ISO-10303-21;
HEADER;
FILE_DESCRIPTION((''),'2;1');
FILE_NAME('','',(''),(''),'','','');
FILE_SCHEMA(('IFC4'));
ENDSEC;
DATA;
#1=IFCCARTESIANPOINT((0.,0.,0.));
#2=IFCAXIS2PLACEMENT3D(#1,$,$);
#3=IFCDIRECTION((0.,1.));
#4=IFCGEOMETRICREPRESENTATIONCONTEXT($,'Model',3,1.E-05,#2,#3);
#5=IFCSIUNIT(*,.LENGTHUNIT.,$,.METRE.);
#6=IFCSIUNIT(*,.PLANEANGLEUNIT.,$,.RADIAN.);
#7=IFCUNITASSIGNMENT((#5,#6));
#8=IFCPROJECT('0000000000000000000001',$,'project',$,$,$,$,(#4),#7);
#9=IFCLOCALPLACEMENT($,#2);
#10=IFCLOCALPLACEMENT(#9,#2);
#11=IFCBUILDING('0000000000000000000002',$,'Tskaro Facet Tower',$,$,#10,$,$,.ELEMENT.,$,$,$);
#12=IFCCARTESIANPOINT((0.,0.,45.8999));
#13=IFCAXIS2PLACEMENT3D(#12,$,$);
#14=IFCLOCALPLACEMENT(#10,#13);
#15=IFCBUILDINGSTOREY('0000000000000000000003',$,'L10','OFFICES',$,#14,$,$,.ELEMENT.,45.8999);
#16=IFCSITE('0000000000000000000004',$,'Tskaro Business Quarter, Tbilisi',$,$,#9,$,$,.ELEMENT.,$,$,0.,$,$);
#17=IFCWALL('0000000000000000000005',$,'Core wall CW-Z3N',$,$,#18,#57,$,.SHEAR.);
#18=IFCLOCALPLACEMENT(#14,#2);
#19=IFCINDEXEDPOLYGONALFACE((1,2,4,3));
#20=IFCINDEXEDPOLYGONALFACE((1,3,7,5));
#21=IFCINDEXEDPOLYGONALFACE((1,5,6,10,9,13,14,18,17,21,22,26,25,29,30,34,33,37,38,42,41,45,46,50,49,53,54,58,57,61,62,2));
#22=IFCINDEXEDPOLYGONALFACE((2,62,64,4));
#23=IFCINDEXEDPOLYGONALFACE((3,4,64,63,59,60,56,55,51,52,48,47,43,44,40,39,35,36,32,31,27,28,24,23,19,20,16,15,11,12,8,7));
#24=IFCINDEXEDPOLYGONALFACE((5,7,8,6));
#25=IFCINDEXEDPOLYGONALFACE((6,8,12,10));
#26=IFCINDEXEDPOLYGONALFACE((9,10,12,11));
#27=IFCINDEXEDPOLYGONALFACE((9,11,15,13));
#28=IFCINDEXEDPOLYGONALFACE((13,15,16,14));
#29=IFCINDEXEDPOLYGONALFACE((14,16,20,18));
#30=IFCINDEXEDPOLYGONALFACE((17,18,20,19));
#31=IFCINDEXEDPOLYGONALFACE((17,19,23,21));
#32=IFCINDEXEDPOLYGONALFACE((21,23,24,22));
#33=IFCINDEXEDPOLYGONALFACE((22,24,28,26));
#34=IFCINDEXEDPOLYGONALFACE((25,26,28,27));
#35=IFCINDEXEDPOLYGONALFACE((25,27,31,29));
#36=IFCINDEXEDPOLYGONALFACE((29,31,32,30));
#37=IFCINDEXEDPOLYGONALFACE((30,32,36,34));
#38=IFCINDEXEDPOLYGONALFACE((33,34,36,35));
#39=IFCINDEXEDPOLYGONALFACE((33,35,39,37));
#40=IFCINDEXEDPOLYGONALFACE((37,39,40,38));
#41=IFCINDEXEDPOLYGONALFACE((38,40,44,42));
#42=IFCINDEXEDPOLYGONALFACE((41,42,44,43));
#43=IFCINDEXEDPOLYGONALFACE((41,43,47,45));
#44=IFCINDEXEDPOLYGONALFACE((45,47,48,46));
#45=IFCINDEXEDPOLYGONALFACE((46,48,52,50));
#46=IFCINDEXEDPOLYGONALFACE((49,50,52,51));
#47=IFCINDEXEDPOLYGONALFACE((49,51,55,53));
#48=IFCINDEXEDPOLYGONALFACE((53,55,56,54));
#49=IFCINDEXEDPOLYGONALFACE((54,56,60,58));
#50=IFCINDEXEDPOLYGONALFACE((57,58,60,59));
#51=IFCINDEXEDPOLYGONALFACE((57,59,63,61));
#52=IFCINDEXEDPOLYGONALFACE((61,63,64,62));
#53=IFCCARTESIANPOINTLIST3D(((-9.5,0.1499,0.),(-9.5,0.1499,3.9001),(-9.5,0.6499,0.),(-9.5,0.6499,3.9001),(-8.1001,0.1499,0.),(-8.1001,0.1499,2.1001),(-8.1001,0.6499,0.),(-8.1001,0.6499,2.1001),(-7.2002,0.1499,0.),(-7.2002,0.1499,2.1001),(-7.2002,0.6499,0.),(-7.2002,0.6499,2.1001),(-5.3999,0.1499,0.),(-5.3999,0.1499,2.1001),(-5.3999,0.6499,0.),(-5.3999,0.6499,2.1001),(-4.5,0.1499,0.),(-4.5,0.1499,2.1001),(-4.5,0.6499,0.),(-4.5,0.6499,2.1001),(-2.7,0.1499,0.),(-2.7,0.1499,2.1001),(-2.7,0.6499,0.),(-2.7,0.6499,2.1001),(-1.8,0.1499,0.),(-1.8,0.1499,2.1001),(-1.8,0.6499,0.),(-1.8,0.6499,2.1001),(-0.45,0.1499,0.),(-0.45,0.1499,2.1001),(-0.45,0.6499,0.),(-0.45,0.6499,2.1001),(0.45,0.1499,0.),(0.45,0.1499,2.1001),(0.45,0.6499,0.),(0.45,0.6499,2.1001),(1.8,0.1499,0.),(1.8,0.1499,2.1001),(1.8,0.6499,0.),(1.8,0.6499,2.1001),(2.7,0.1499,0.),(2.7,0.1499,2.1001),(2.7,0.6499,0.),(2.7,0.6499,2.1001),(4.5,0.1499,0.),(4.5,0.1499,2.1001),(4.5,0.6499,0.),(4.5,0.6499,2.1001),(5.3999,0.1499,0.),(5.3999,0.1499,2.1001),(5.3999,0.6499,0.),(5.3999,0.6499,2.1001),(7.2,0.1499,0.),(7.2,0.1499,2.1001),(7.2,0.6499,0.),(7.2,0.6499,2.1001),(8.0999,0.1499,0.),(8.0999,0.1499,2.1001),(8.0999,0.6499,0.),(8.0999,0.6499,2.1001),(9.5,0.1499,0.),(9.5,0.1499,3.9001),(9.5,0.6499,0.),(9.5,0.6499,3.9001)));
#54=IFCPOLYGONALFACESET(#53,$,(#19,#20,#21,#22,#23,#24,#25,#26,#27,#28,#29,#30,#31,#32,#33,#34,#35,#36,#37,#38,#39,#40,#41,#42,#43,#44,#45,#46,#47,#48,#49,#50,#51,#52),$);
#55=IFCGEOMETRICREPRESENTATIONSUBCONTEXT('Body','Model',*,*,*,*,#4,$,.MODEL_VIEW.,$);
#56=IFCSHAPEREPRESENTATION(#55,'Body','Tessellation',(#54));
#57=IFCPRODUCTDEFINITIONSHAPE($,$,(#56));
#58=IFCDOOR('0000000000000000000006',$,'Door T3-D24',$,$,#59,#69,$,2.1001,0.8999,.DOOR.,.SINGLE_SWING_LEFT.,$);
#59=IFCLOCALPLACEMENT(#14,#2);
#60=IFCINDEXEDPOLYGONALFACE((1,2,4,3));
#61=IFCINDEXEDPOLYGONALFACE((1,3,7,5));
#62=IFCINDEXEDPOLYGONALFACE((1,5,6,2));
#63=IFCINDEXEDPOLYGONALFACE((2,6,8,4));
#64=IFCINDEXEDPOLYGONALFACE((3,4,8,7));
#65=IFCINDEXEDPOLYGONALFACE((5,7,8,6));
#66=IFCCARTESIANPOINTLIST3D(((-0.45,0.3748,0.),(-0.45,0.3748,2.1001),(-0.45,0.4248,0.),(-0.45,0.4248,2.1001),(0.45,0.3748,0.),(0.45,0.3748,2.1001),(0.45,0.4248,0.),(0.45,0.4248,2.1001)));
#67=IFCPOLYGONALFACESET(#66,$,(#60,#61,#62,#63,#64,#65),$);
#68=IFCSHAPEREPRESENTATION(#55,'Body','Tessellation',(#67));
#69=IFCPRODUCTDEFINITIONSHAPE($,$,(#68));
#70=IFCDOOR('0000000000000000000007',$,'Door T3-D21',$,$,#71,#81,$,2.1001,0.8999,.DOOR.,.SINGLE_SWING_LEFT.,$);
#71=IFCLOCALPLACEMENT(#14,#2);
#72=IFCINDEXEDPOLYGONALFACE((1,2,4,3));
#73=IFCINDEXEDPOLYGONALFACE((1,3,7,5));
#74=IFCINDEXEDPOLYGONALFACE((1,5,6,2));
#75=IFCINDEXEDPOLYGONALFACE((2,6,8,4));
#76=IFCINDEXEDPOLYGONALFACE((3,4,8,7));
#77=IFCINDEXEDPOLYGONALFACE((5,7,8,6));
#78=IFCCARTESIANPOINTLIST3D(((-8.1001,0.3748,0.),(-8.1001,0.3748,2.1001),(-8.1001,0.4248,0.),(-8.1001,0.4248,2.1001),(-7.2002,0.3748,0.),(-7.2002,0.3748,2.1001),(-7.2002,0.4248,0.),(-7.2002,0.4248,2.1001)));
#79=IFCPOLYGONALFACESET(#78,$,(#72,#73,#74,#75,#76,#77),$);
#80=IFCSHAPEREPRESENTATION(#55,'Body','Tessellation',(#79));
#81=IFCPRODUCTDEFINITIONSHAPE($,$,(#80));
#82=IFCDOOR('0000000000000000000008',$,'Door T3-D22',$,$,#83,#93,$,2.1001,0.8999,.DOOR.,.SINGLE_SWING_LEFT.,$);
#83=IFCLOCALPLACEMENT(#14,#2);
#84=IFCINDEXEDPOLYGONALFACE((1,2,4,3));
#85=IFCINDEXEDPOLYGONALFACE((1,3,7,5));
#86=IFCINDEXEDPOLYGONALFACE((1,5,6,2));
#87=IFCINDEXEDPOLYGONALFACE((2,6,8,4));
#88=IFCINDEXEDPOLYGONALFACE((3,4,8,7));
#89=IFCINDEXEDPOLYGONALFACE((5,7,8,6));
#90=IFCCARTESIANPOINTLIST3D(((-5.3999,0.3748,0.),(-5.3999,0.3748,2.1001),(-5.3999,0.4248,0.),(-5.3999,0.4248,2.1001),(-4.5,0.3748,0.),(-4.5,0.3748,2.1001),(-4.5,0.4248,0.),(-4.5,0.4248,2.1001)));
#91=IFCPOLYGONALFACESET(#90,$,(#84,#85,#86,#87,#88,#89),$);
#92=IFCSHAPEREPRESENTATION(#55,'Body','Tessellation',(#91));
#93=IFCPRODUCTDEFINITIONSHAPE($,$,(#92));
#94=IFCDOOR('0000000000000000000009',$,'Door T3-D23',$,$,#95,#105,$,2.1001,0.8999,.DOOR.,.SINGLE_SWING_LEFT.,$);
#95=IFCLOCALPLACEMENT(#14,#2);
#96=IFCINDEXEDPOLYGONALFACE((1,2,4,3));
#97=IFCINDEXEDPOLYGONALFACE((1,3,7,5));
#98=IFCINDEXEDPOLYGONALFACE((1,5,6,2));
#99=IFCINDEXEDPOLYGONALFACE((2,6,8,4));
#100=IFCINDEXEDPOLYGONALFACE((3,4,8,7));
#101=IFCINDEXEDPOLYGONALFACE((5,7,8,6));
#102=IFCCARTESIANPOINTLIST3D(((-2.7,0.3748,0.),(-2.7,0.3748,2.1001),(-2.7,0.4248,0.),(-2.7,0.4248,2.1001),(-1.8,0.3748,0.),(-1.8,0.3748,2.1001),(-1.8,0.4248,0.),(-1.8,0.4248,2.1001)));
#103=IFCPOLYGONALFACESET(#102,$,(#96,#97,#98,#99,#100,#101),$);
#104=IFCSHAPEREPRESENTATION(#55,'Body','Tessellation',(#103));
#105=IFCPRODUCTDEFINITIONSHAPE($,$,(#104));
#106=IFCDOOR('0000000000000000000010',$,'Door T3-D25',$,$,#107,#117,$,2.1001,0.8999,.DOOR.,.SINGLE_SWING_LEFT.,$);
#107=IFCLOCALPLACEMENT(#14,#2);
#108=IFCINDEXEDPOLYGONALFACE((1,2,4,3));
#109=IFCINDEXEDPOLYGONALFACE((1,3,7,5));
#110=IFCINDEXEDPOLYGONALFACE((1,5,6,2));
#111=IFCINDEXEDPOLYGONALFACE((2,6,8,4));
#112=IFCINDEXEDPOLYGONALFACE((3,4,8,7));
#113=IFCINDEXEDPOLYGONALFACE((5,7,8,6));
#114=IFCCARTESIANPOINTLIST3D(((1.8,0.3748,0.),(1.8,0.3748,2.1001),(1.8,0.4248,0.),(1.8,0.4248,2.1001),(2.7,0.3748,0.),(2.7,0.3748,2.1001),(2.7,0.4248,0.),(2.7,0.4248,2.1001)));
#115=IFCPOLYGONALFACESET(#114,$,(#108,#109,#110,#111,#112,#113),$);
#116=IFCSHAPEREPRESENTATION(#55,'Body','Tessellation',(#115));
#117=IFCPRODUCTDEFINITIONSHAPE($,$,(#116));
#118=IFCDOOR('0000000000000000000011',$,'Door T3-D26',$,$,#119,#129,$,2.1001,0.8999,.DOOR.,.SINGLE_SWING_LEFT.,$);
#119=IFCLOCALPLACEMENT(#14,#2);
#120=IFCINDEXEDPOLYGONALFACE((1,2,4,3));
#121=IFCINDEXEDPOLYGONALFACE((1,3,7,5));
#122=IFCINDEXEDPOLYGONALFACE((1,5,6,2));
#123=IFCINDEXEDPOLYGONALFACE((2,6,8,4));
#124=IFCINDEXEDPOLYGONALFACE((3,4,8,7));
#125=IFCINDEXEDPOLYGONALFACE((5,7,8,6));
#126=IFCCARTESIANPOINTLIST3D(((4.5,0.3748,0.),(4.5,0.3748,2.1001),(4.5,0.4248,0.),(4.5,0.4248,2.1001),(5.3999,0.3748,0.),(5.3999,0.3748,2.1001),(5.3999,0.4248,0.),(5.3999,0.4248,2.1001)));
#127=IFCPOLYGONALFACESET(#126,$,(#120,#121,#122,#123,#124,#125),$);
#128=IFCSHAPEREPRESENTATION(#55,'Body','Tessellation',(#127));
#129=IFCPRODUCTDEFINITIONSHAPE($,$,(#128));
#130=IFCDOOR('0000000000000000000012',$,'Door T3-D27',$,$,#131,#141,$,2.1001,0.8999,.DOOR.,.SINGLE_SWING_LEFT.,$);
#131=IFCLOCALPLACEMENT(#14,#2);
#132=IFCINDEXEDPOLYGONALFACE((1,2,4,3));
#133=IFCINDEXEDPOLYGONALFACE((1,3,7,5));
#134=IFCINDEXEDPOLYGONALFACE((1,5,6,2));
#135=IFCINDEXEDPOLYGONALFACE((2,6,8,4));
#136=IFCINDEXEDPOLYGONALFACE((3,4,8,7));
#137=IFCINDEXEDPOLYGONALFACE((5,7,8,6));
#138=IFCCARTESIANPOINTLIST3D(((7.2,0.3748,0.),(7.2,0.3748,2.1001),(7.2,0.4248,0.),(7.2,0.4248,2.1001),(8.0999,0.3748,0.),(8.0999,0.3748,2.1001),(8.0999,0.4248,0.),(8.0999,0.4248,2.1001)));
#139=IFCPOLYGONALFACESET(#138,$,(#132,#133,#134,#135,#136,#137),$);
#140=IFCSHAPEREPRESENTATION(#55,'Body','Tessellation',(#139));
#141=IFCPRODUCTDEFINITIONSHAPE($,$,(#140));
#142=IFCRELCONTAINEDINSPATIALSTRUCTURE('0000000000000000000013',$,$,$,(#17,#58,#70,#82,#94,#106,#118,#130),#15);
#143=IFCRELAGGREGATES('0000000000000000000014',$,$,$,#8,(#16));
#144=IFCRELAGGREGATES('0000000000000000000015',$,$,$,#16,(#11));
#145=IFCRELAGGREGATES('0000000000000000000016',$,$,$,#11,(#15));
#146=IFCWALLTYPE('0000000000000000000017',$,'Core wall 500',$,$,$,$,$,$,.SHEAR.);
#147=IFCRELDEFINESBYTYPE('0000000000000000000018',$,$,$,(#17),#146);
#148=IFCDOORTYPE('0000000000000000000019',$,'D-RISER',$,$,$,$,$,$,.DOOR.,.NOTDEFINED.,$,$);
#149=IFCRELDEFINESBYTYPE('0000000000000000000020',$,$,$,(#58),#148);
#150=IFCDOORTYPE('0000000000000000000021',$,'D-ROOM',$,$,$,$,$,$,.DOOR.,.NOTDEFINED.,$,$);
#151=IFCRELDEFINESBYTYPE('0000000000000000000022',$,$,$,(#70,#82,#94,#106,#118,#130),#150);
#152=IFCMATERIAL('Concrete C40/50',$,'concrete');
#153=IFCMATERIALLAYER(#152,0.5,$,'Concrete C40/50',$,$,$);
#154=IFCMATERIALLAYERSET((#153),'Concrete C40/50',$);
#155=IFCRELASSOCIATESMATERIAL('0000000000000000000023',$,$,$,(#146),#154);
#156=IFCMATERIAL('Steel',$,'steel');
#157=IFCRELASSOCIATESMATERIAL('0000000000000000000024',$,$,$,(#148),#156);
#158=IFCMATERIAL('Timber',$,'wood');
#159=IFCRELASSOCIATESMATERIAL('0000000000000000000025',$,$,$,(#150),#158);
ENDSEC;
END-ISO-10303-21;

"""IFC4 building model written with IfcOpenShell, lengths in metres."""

from ifc_helpers import new_model, si_unit, direction, frame, frame_2d, origin, place, context, subcontext, project, spatial, rectangle, extrude, material, layer, layer_set, type_object, element, fill, save


model = new_model("IFC4")

# Units and contexts
model_context = context("Model", 3, precision=1e-05, world=origin(), true_north=direction((0.0, 1.0)))
body_context = subcontext(model_context, "Body", "Model", "MODEL_VIEW")
ifc_project = project(units=[si_unit("LENGTHUNIT", "METRE"), si_unit("PLANEANGLEUNIT", "RADIAN")], contexts=[model_context])

# Site, building, storey
site_placement = place(None, origin())
site = spatial("IfcSite", under=ifc_project, at=site_placement, Name="Tskaro Business Quarter, Tbilisi", CompositionType="ELEMENT", RefElevation=0.0)
building_placement = place(site_placement, origin())
building = spatial("IfcBuilding", under=site, at=building_placement, Name="Tskaro Facet Tower", CompositionType="ELEMENT")
storey_placement = place(building_placement, frame((0.0, 0.0, 45.8999)))
storey = spatial("IfcBuildingStorey", under=building, at=storey_placement, Name="L10", Description="OFFICES", CompositionType="ELEMENT", Elevation=45.8999)

# Wall, openings, doors
ifc_material_1 = material(Name="Concrete C40/50", Category="concrete")
ifc_layer_1 = layer(ifc_material_1, 0.5, Name="Concrete C40/50")
ifc_layer_set_1 = layer_set([ifc_layer_1], Name="Concrete C40/50")
wall_type_1 = type_object("IfcWallType", Name="Core wall 500", PredefinedType="SHEAR", material=ifc_layer_set_1)
wall_1_placement = place(storey_placement, frame((-9.5, 0.3999, 0.0), z_axis=(0.0, 0.0, 1.0), x_axis=(1.0, 0.0, 0.0)))
wall_1 = element("IfcWall", 1, at=wall_1_placement, inside=storey, type_object=wall_type_1, Name="Core wall CW-Z3N", PredefinedType="SHEAR", context=body_context, shape_type="SweptSolid", body=[
    extrude(rectangle(XDim=19.0, YDim=0.5, at=frame_2d((9.5, 0.0))), origin(), (0.0, 0.0, 1.0), 3.9001),
])
opening_1_placement = place(wall_1_placement, frame((1.3999, 0.0, 0.0)))
opening_1 = element("IfcOpeningElement", 2, at=opening_1_placement, cuts=wall_1, PredefinedType="OPENING", context=body_context, shape_type="SweptSolid", body=[
    extrude(rectangle(XDim=0.8999, YDim=2.1001, at=frame_2d((0.45, 1.05))), frame((0.0, 0.26, 0.0), z_axis=(0.0, -1.0, 0.0), x_axis=(1.0, 0.0, 0.0)), (0.0, 0.0, 1.0), 0.52),
])
opening_2_placement = place(wall_1_placement, frame((4.1001, 0.0, 0.0)))
opening_2 = element("IfcOpeningElement", 3, at=opening_2_placement, cuts=wall_1, PredefinedType="OPENING", context=body_context, shape_type="SweptSolid", body=[
    extrude(rectangle(XDim=0.8999, YDim=2.1001, at=frame_2d((0.45, 1.05))), frame((0.0, 0.26, 0.0), z_axis=(0.0, -1.0, 0.0), x_axis=(1.0, 0.0, 0.0)), (0.0, 0.0, 1.0), 0.52),
])
opening_3_placement = place(wall_1_placement, frame((6.8, 0.0, 0.0)))
opening_3 = element("IfcOpeningElement", 4, at=opening_3_placement, cuts=wall_1, PredefinedType="OPENING", context=body_context, shape_type="SweptSolid", body=[
    extrude(rectangle(XDim=0.8999, YDim=2.1001, at=frame_2d((0.45, 1.05))), frame((0.0, 0.26, 0.0), z_axis=(0.0, -1.0, 0.0), x_axis=(1.0, 0.0, 0.0)), (0.0, 0.0, 1.0), 0.52),
])
opening_4_placement = place(wall_1_placement, frame((11.3, 0.0, 0.0)))
opening_4 = element("IfcOpeningElement", 5, at=opening_4_placement, cuts=wall_1, PredefinedType="OPENING", context=body_context, shape_type="SweptSolid", body=[
    extrude(rectangle(XDim=0.8999, YDim=2.1001, at=frame_2d((0.45, 1.05))), frame((0.0, 0.26, 0.0), z_axis=(0.0, -1.0, 0.0), x_axis=(1.0, 0.0, 0.0)), (0.0, 0.0, 1.0), 0.52),
])
opening_5_placement = place(wall_1_placement, frame((14.0, 0.0, 0.0)))
opening_5 = element("IfcOpeningElement", 6, at=opening_5_placement, cuts=wall_1, PredefinedType="OPENING", context=body_context, shape_type="SweptSolid", body=[
    extrude(rectangle(XDim=0.8999, YDim=2.1001, at=frame_2d((0.45, 1.05))), frame((0.0, 0.26, 0.0), z_axis=(0.0, -1.0, 0.0), x_axis=(1.0, 0.0, 0.0)), (0.0, 0.0, 1.0), 0.52),
])
opening_6_placement = place(wall_1_placement, frame((16.7, 0.0, 0.0)))
opening_6 = element("IfcOpeningElement", 7, at=opening_6_placement, cuts=wall_1, PredefinedType="OPENING", context=body_context, shape_type="SweptSolid", body=[
    extrude(rectangle(XDim=0.8999, YDim=2.1001, at=frame_2d((0.45, 1.05))), frame((0.0, 0.26, 0.0), z_axis=(0.0, -1.0, 0.0), x_axis=(1.0, 0.0, 0.0)), (0.0, 0.0, 1.0), 0.52),
])
opening_7_placement = place(wall_1_placement, frame((9.05, 0.0, 0.0)))
opening_7 = element("IfcOpeningElement", 8, at=opening_7_placement, cuts=wall_1, PredefinedType="OPENING", context=body_context, shape_type="SweptSolid", body=[
    extrude(rectangle(XDim=0.8999, YDim=2.1001, at=frame_2d((0.45, 1.05))), frame((0.0, 0.26, 0.0), z_axis=(0.0, -1.0, 0.0), x_axis=(1.0, 0.0, 0.0)), (0.0, 0.0, 1.0), 0.52),
])
ifc_material_2 = material(Name="Steel", Category="steel")
door_type_1 = type_object("IfcDoorType", Name="D-RISER", OperationType="NOTDEFINED", PredefinedType="DOOR", material=ifc_material_2)
door_1_placement = place(opening_7_placement, origin())
door_1 = element("IfcDoor", 9, at=door_1_placement, inside=storey, type_object=door_type_1, Name="Door T3-D24", OperationType="SINGLE_SWING_LEFT", OverallHeight=2.1001, OverallWidth=0.8999, PredefinedType="DOOR", context=body_context, shape_type="SweptSolid", body=[
    extrude(rectangle(XDim=0.8999, YDim=2.1001, at=frame_2d((0.45, 1.05))), frame((0.0, 0.0249, 0.0), z_axis=(0.0, -1.0, 0.0), x_axis=(1.0, 0.0, 0.0)), (0.0, 0.0, 1.0), 0.05),
])
fill(opening_7, door_1)
ifc_material_3 = material(Name="Timber", Category="wood")
door_type_2 = type_object("IfcDoorType", Name="D-ROOM", OperationType="NOTDEFINED", PredefinedType="DOOR", material=ifc_material_3)
door_2_placement = place(opening_1_placement, origin())
door_2 = element("IfcDoor", 10, at=door_2_placement, inside=storey, type_object=door_type_2, Name="Door T3-D21", OperationType="SINGLE_SWING_LEFT", OverallHeight=2.1001, OverallWidth=0.8999, PredefinedType="DOOR", context=body_context, shape_type="SweptSolid", body=[
    extrude(rectangle(XDim=0.8999, YDim=2.1001, at=frame_2d((0.45, 1.05))), frame((0.0, 0.0249, 0.0), z_axis=(0.0, -1.0, 0.0), x_axis=(1.0, 0.0, 0.0)), (0.0, 0.0, 1.0), 0.05),
])
fill(opening_1, door_2)
door_3_placement = place(opening_2_placement, origin())
door_3 = element("IfcDoor", 11, at=door_3_placement, inside=storey, type_object=door_type_2, Name="Door T3-D22", OperationType="SINGLE_SWING_LEFT", OverallHeight=2.1001, OverallWidth=0.8999, PredefinedType="DOOR", context=body_context, shape_type="SweptSolid", body=[
    extrude(rectangle(XDim=0.8999, YDim=2.1001, at=frame_2d((0.45, 1.05))), frame((0.0, 0.0249, 0.0), z_axis=(0.0, -1.0, 0.0), x_axis=(1.0, 0.0, 0.0)), (0.0, 0.0, 1.0), 0.05),
])
fill(opening_2, door_3)
door_4_placement = place(opening_3_placement, origin())
door_4 = element("IfcDoor", 12, at=door_4_placement, inside=storey, type_object=door_type_2, Name="Door T3-D23", OperationType="SINGLE_SWING_LEFT", OverallHeight=2.1001, OverallWidth=0.8999, PredefinedType="DOOR", context=body_context, shape_type="SweptSolid", body=[
    extrude(rectangle(XDim=0.8999, YDim=2.1001, at=frame_2d((0.45, 1.05))), frame((0.0, 0.0249, 0.0), z_axis=(0.0, -1.0, 0.0), x_axis=(1.0, 0.0, 0.0)), (0.0, 0.0, 1.0), 0.05),
])
fill(opening_3, door_4)
door_5_placement = place(opening_4_placement, origin())
door_5 = element("IfcDoor", 13, at=door_5_placement, inside=storey, type_object=door_type_2, Name="Door T3-D25", OperationType="SINGLE_SWING_LEFT", OverallHeight=2.1001, OverallWidth=0.8999, PredefinedType="DOOR", context=body_context, shape_type="SweptSolid", body=[
    extrude(rectangle(XDim=0.8999, YDim=2.1001, at=frame_2d((0.45, 1.05))), frame((0.0, 0.0249, 0.0), z_axis=(0.0, -1.0, 0.0), x_axis=(1.0, 0.0, 0.0)), (0.0, 0.0, 1.0), 0.05),
])
fill(opening_4, door_5)
door_6_placement = place(opening_5_placement, origin())
door_6 = element("IfcDoor", 14, at=door_6_placement, inside=storey, type_object=door_type_2, Name="Door T3-D26", OperationType="SINGLE_SWING_LEFT", OverallHeight=2.1001, OverallWidth=0.8999, PredefinedType="DOOR", context=body_context, shape_type="SweptSolid", body=[
    extrude(rectangle(XDim=0.8999, YDim=2.1001, at=frame_2d((0.45, 1.05))), frame((0.0, 0.0249, 0.0), z_axis=(0.0, -1.0, 0.0), x_axis=(1.0, 0.0, 0.0)), (0.0, 0.0, 1.0), 0.05),
])
fill(opening_5, door_6)
door_7_placement = place(opening_6_placement, origin())
door_7 = element("IfcDoor", 15, at=door_7_placement, inside=storey, type_object=door_type_2, Name="Door T3-D27", OperationType="SINGLE_SWING_LEFT", OverallHeight=2.1001, OverallWidth=0.8999, PredefinedType="DOOR", context=body_context, shape_type="SweptSolid", body=[
    extrude(rectangle(XDim=0.8999, YDim=2.1001, at=frame_2d((0.45, 1.05))), frame((0.0, 0.0249, 0.0), z_axis=(0.0, -1.0, 0.0), x_axis=(1.0, 0.0, 0.0)), (0.0, 0.0, 1.0), 0.05),
])
fill(opening_6, door_7)

save(model, "model.ifc")
